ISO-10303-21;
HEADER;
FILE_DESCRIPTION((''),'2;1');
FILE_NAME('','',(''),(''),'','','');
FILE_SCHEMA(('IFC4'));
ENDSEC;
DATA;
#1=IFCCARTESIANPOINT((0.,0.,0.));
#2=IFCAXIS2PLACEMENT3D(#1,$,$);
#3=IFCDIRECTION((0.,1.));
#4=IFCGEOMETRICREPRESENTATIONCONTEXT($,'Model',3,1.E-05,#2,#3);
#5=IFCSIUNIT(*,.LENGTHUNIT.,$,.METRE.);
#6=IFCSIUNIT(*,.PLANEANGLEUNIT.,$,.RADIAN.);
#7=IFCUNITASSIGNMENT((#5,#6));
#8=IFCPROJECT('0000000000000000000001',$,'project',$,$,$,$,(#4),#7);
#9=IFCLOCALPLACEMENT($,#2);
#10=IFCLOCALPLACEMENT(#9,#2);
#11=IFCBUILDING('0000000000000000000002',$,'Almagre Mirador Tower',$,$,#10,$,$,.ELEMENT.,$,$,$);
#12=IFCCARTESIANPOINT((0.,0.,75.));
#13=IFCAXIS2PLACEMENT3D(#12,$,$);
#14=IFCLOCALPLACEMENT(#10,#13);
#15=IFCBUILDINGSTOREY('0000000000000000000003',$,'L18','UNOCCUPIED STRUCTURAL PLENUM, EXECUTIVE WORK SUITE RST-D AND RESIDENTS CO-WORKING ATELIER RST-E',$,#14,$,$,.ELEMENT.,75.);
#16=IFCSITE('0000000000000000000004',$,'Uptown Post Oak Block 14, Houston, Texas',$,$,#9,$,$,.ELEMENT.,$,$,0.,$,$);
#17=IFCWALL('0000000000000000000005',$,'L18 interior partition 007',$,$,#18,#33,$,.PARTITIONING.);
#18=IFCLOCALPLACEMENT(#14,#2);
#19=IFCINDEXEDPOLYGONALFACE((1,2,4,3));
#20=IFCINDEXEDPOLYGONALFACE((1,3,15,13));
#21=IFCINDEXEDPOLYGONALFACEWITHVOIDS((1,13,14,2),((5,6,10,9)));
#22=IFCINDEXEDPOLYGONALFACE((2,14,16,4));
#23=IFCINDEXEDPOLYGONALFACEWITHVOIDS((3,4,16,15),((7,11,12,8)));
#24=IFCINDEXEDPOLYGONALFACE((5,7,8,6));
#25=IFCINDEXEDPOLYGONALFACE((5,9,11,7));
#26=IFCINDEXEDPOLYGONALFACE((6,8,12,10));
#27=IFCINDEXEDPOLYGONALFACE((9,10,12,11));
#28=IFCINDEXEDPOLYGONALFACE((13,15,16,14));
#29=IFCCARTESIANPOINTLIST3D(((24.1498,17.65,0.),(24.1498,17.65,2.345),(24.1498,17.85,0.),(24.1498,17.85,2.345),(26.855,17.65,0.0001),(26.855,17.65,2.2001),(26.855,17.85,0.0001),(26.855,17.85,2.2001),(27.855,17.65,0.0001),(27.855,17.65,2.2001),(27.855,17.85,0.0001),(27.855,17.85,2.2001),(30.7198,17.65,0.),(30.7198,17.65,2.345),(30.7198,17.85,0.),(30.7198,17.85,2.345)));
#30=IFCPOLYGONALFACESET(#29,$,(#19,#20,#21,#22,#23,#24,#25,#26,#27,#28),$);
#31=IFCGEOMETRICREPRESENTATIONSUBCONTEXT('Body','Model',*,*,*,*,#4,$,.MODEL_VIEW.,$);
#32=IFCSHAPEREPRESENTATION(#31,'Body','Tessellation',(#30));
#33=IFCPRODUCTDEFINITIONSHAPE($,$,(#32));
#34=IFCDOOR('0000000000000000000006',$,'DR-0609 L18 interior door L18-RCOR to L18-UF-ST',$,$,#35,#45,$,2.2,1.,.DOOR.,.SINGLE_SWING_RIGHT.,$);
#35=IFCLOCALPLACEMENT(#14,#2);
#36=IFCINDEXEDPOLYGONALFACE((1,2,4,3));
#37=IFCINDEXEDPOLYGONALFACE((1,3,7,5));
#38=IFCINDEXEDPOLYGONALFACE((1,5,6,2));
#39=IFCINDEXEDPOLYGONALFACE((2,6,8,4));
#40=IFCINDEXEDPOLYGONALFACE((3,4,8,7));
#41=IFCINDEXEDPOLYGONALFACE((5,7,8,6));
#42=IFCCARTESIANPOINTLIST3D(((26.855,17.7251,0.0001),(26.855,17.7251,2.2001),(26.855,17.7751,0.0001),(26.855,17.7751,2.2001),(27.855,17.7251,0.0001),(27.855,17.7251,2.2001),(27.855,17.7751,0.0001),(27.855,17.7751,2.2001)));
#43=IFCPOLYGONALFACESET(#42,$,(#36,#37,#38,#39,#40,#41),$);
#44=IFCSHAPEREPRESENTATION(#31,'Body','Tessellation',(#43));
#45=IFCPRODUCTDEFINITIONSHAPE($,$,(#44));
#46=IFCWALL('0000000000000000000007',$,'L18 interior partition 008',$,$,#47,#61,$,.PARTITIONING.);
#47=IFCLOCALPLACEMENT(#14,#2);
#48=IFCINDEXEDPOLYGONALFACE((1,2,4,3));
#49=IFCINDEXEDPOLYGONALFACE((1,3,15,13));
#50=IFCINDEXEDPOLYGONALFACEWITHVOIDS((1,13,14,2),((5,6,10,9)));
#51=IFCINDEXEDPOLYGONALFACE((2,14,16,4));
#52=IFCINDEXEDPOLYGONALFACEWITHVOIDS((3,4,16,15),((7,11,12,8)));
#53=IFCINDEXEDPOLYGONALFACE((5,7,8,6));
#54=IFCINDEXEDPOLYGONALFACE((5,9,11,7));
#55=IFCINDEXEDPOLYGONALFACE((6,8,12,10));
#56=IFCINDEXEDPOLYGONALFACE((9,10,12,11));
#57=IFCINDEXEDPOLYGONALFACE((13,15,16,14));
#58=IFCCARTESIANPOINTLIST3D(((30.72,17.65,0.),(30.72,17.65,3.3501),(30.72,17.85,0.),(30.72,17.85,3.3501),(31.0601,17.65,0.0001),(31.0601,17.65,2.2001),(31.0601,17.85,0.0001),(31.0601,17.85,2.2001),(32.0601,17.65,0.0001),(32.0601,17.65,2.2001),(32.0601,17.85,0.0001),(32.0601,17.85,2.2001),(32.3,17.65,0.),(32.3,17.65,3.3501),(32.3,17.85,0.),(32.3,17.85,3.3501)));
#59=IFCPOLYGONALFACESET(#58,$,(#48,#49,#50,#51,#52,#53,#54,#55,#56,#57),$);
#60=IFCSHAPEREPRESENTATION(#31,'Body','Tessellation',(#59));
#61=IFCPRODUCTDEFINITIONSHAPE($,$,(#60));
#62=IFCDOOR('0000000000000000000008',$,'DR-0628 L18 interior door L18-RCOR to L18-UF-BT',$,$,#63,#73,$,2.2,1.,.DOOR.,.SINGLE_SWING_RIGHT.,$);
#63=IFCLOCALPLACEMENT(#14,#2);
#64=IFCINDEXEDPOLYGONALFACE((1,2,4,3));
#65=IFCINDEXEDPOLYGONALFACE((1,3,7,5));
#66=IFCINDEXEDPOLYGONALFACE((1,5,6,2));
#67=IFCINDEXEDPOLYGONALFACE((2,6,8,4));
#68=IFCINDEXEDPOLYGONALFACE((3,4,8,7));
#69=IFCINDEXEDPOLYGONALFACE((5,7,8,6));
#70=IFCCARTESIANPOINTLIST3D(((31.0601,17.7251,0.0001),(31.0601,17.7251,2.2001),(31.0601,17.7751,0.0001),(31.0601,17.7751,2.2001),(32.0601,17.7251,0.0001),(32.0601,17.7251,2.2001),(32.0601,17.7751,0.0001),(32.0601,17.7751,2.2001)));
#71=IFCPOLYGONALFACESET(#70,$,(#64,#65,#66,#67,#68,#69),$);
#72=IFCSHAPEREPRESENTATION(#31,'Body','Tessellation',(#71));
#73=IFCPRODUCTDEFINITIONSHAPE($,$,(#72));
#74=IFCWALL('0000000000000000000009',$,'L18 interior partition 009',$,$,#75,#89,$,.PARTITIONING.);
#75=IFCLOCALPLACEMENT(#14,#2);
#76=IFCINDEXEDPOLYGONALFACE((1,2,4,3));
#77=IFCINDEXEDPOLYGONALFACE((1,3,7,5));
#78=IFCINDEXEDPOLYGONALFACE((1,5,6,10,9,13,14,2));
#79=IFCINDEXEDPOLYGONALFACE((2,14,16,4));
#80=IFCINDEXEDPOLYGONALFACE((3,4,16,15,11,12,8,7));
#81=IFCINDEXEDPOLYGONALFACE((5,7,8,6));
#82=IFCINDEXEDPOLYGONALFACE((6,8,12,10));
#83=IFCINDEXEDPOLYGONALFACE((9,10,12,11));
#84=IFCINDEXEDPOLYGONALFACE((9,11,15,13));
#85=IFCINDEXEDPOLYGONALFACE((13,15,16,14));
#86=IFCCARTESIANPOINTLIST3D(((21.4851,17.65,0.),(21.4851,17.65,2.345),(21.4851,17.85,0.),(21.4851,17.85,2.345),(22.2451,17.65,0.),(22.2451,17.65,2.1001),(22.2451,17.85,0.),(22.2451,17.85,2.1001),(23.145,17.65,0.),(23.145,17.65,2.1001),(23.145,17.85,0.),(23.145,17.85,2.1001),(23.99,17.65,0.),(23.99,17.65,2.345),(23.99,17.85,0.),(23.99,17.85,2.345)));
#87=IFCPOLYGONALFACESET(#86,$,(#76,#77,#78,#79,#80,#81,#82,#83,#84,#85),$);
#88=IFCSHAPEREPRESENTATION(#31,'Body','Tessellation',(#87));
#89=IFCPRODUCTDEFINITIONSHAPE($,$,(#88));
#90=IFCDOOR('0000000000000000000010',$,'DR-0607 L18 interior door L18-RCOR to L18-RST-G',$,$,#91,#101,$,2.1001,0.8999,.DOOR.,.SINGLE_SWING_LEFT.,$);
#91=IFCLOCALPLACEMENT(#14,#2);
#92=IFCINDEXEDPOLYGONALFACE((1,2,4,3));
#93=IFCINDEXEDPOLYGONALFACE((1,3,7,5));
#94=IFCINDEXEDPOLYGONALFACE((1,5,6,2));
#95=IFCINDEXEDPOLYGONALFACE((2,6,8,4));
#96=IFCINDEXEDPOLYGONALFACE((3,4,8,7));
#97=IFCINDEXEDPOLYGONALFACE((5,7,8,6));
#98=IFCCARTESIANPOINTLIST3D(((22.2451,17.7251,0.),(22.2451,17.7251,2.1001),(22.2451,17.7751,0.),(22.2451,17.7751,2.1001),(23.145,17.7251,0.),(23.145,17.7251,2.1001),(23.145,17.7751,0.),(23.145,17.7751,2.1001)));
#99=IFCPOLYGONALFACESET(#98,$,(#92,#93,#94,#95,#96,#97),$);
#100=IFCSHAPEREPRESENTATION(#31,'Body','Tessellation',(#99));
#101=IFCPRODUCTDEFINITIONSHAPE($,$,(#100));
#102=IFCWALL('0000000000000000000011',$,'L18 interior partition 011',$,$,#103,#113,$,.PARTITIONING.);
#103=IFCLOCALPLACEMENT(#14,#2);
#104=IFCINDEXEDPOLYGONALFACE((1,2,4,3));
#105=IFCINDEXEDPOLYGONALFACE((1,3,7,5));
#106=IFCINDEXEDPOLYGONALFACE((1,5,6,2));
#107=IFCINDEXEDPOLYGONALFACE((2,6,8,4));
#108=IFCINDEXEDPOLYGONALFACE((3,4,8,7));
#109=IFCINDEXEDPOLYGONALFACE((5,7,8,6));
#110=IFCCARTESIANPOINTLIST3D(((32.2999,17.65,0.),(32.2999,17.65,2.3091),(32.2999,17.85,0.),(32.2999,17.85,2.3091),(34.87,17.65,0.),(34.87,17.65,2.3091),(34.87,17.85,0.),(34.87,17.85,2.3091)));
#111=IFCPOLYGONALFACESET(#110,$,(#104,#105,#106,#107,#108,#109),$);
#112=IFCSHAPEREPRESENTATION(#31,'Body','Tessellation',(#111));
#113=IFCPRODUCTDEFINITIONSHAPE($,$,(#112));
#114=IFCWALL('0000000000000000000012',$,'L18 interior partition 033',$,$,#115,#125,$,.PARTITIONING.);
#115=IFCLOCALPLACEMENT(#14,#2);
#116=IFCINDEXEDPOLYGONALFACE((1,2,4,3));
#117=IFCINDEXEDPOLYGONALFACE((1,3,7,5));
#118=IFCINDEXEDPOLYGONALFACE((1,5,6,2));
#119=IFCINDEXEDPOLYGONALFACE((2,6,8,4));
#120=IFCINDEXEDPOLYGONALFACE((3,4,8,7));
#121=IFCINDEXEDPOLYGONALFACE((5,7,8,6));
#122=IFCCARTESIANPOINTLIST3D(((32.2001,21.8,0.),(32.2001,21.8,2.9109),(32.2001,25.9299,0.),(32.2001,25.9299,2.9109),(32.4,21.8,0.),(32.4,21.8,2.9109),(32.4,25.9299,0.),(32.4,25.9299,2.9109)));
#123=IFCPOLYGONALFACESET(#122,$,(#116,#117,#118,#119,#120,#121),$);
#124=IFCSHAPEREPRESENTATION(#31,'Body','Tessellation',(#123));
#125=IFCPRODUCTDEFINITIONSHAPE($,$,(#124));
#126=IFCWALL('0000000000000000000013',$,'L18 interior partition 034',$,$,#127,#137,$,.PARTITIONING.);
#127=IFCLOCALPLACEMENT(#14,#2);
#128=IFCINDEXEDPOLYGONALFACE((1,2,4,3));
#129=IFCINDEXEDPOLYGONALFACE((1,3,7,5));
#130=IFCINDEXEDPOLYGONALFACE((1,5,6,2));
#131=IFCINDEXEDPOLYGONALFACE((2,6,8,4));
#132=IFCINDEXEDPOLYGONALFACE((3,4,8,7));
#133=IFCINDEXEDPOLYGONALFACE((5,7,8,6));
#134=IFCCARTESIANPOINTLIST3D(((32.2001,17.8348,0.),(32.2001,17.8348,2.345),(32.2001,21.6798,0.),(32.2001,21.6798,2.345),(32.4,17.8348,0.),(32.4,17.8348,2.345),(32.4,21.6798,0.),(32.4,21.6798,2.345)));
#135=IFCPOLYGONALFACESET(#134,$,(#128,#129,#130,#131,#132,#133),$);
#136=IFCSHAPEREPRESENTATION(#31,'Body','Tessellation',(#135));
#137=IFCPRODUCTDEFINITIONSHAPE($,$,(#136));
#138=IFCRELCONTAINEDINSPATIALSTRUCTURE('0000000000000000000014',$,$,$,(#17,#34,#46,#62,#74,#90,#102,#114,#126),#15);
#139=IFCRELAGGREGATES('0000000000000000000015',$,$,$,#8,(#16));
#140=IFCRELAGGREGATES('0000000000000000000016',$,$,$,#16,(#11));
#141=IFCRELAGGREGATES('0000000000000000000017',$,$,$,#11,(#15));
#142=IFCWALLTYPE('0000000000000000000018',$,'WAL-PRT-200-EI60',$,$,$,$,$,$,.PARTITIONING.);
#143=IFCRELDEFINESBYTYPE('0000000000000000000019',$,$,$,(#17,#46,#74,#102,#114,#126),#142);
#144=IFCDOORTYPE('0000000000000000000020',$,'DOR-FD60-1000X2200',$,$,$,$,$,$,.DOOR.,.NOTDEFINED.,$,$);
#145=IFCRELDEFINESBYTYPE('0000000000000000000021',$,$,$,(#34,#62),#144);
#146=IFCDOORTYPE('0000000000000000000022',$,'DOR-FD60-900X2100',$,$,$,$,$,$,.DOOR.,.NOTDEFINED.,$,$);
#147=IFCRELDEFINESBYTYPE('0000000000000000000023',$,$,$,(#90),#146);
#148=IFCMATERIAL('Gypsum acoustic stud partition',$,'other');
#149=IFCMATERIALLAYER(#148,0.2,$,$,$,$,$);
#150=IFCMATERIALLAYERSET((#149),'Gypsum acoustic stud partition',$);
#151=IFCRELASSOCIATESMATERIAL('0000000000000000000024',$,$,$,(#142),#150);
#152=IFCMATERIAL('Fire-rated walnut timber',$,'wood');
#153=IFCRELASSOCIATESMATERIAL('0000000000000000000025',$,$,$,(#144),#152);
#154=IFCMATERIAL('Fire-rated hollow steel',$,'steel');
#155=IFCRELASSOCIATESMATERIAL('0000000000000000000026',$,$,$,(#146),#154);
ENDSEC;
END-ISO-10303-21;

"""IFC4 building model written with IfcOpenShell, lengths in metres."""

from ifc_helpers import new_model, si_unit, direction, frame, frame_2d, origin, place, context, subcontext, project, spatial, rectangle, extrude, material, layer, layer_set, type_object, element, fill, save


model = new_model("IFC4")

# Units and contexts
model_context = context("Model", 3, precision=1e-05, world=origin(), true_north=direction((0.0, 1.0)))
body_context = subcontext(model_context, "Body", "Model", "MODEL_VIEW")
ifc_project = project(units=[si_unit("LENGTHUNIT", "METRE"), si_unit("PLANEANGLEUNIT", "RADIAN")], contexts=[model_context])

# Site, building, storey
site_placement = place(None, origin())
site = spatial("IfcSite", under=ifc_project, at=site_placement, Name="Uptown Post Oak Block 14, Houston, Texas", CompositionType="ELEMENT", RefElevation=0.0)
building_placement = place(site_placement, origin())
building = spatial("IfcBuilding", under=site, at=building_placement, Name="Almagre Mirador Tower", CompositionType="ELEMENT")
storey_placement = place(building_placement, frame((0.0, 0.0, 75.0)))
storey = spatial("IfcBuildingStorey", under=building, at=storey_placement, Name="L18", Description="UNOCCUPIED STRUCTURAL PLENUM, EXECUTIVE WORK SUITE RST-D AND RESIDENTS CO-WORKING ATELIER RST-E", CompositionType="ELEMENT", Elevation=75.0)

# Walls, openings, doors
ifc_material_1 = material(Name="Gypsum acoustic stud partition", Category="other")
ifc_layer_1 = layer(ifc_material_1, 0.2)
ifc_layer_set_1 = layer_set([ifc_layer_1], Name="Gypsum acoustic stud partition")
wall_type_1 = type_object("IfcWallType", Name="WAL-PRT-200-EI60", PredefinedType="PARTITIONING", material=ifc_layer_set_1)
wall_1_placement = place(storey_placement, frame((30.72, 17.75, 0.0), z_axis=(0.0, 0.0, 1.0), x_axis=(-1.0, 0.0, 0.0)))
wall_1 = element("IfcWall", 1, at=wall_1_placement, inside=storey, type_object=wall_type_1, Name="L18 interior partition 007", PredefinedType="PARTITIONING", context=body_context, shape_type="SweptSolid", body=[
    extrude(rectangle(XDim=6.5701, YDim=0.2, at=frame_2d((3.2852, 0.0))), origin(), (0.0, 0.0, 1.0), 2.345),
])
opening_1_placement = place(wall_1_placement, frame((2.865, 0.0, 0.0)))
opening_1 = element("IfcOpeningElement", 2, at=opening_1_placement, cuts=wall_1, PredefinedType="OPENING", context=body_context, shape_type="SweptSolid", body=[
    extrude(rectangle(XDim=1.0, YDim=2.2, at=frame_2d((0.5, 1.1001))), frame((0.0, 0.1101, 0.0), z_axis=(0.0, -1.0, 0.0), x_axis=(1.0, 0.0, 0.0)), (0.0, 0.0, 1.0), 0.22),
])
ifc_material_2 = material(Name="Fire-rated walnut timber", Category="wood")
door_type_1 = type_object("IfcDoorType", Name="DOR-FD60-1000X2200", OperationType="NOTDEFINED", PredefinedType="DOOR", material=ifc_material_2)
door_1_placement = place(opening_1_placement, origin())
door_1 = element("IfcDoor", 3, at=door_1_placement, inside=storey, type_object=door_type_1, Name="DR-0609 L18 interior door L18-RCOR to L18-UF-ST", OperationType="SINGLE_SWING_RIGHT", OverallHeight=2.2, OverallWidth=1.0, PredefinedType="DOOR", context=body_context, shape_type="SweptSolid", body=[
    extrude(rectangle(XDim=1.0, YDim=2.2, at=frame_2d((0.5, 1.1001))), frame((0.0, 0.0249, 0.0), z_axis=(0.0, -1.0, 0.0), x_axis=(1.0, 0.0, 0.0)), (0.0, 0.0, 1.0), 0.05),
])
fill(opening_1, door_1)
wall_2_placement = place(storey_placement, frame((32.3, 17.75, 0.0), z_axis=(0.0, 0.0, 1.0), x_axis=(-1.0, 0.0, 0.0)))
wall_2 = element("IfcWall", 4, at=wall_2_placement, inside=storey, type_object=wall_type_1, Name="L18 interior partition 008", PredefinedType="PARTITIONING", context=body_context, shape_type="SweptSolid", body=[
    extrude(rectangle(XDim=1.5801, YDim=0.2, at=frame_2d((0.79, 0.0))), origin(), (0.0, 0.0, 1.0), 3.3501),
])
opening_2_placement = place(wall_2_placement, frame((0.24, 0.0, 0.0)))
opening_2 = element("IfcOpeningElement", 5, at=opening_2_placement, cuts=wall_2, PredefinedType="OPENING", context=body_context, shape_type="SweptSolid", body=[
    extrude(rectangle(XDim=1.0, YDim=2.2, at=frame_2d((0.5, 1.1001))), frame((0.0, 0.1101, 0.0), z_axis=(0.0, -1.0, 0.0), x_axis=(1.0, 0.0, 0.0)), (0.0, 0.0, 1.0), 0.22),
])
door_2_placement = place(opening_2_placement, origin())
door_2 = element("IfcDoor", 6, at=door_2_placement, inside=storey, type_object=door_type_1, Name="DR-0628 L18 interior door L18-RCOR to L18-UF-BT", OperationType="SINGLE_SWING_RIGHT", OverallHeight=2.2, OverallWidth=1.0, PredefinedType="DOOR", context=body_context, shape_type="SweptSolid", body=[
    extrude(rectangle(XDim=1.0, YDim=2.2, at=frame_2d((0.5, 1.1001))), frame((0.0, 0.0249, 0.0), z_axis=(0.0, -1.0, 0.0), x_axis=(1.0, 0.0, 0.0)), (0.0, 0.0, 1.0), 0.05),
])
fill(opening_2, door_2)
wall_3_placement = place(storey_placement, frame((23.99, 17.75, 0.0), z_axis=(0.0, 0.0, 1.0), x_axis=(-1.0, 0.0, 0.0)))
wall_3 = element("IfcWall", 7, at=wall_3_placement, inside=storey, type_object=wall_type_1, Name="L18 interior partition 009", PredefinedType="PARTITIONING", context=body_context, shape_type="SweptSolid", body=[
    extrude(rectangle(XDim=2.5049, YDim=0.2, at=frame_2d((1.2524, 0.0))), origin(), (0.0, 0.0, 1.0), 2.345),
])
opening_3_placement = place(wall_3_placement, frame((0.845, 0.0, 0.0)))
opening_3 = element("IfcOpeningElement", 8, at=opening_3_placement, cuts=wall_3, PredefinedType="OPENING", context=body_context, shape_type="SweptSolid", body=[
    extrude(rectangle(XDim=0.8999, YDim=2.1001, at=frame_2d((0.45, 1.05))), frame((0.0, 0.1101, 0.0), z_axis=(0.0, -1.0, 0.0), x_axis=(1.0, 0.0, 0.0)), (0.0, 0.0, 1.0), 0.22),
])
ifc_material_3 = material(Name="Fire-rated hollow steel", Category="steel")
door_type_2 = type_object("IfcDoorType", Name="DOR-FD60-900X2100", OperationType="NOTDEFINED", PredefinedType="DOOR", material=ifc_material_3)
door_3_placement = place(opening_3_placement, origin())
door_3 = element("IfcDoor", 9, at=door_3_placement, inside=storey, type_object=door_type_2, Name="DR-0607 L18 interior door L18-RCOR to L18-RST-G", OperationType="SINGLE_SWING_LEFT", OverallHeight=2.1001, OverallWidth=0.8999, PredefinedType="DOOR", context=body_context, shape_type="SweptSolid", body=[
    extrude(rectangle(XDim=0.8999, YDim=2.1001, at=frame_2d((0.45, 1.05))), frame((0.0, 0.0249, 0.0), z_axis=(0.0, -1.0, 0.0), x_axis=(1.0, 0.0, 0.0)), (0.0, 0.0, 1.0), 0.05),
])
fill(opening_3, door_3)

# Walls
wall_4_placement = place(storey_placement, frame((34.8701, 17.75, 0.0), z_axis=(0.0, 0.0, 1.0), x_axis=(-1.0, 0.0, 0.0)))
element("IfcWall", 10, at=wall_4_placement, inside=storey, type_object=wall_type_1, Name="L18 interior partition 011", PredefinedType="PARTITIONING", context=body_context, shape_type="SweptSolid", body=[
    extrude(rectangle(XDim=2.5701, YDim=0.2, at=frame_2d((1.2852, 0.0))), origin(), (0.0, 0.0, 1.0), 2.3091),
])
wall_5_placement = place(storey_placement, frame((32.3, 21.8, 0.0), z_axis=(0.0, 0.0, 1.0), x_axis=(0.0, 1.0, 0.0)))
element("IfcWall", 11, at=wall_5_placement, inside=storey, type_object=wall_type_1, Name="L18 interior partition 033", PredefinedType="PARTITIONING", context=body_context, shape_type="SweptSolid", body=[
    extrude(rectangle(XDim=4.1299, YDim=0.2, at=frame_2d((2.0649, 0.0))), origin(), (0.0, 0.0, 1.0), 2.9109),
])
wall_6_placement = place(storey_placement, frame((32.3, 17.835, 0.0), z_axis=(0.0, 0.0, 1.0), x_axis=(0.0, 1.0, 0.0)))
element("IfcWall", 12, at=wall_6_placement, inside=storey, type_object=wall_type_1, Name="L18 interior partition 034", PredefinedType="PARTITIONING", context=body_context, shape_type="SweptSolid", body=[
    extrude(rectangle(XDim=3.845, YDim=0.2, at=frame_2d((1.9224, 0.0))), origin(), (0.0, 0.0, 1.0), 2.345),
])

save(model, "model.ifc")
